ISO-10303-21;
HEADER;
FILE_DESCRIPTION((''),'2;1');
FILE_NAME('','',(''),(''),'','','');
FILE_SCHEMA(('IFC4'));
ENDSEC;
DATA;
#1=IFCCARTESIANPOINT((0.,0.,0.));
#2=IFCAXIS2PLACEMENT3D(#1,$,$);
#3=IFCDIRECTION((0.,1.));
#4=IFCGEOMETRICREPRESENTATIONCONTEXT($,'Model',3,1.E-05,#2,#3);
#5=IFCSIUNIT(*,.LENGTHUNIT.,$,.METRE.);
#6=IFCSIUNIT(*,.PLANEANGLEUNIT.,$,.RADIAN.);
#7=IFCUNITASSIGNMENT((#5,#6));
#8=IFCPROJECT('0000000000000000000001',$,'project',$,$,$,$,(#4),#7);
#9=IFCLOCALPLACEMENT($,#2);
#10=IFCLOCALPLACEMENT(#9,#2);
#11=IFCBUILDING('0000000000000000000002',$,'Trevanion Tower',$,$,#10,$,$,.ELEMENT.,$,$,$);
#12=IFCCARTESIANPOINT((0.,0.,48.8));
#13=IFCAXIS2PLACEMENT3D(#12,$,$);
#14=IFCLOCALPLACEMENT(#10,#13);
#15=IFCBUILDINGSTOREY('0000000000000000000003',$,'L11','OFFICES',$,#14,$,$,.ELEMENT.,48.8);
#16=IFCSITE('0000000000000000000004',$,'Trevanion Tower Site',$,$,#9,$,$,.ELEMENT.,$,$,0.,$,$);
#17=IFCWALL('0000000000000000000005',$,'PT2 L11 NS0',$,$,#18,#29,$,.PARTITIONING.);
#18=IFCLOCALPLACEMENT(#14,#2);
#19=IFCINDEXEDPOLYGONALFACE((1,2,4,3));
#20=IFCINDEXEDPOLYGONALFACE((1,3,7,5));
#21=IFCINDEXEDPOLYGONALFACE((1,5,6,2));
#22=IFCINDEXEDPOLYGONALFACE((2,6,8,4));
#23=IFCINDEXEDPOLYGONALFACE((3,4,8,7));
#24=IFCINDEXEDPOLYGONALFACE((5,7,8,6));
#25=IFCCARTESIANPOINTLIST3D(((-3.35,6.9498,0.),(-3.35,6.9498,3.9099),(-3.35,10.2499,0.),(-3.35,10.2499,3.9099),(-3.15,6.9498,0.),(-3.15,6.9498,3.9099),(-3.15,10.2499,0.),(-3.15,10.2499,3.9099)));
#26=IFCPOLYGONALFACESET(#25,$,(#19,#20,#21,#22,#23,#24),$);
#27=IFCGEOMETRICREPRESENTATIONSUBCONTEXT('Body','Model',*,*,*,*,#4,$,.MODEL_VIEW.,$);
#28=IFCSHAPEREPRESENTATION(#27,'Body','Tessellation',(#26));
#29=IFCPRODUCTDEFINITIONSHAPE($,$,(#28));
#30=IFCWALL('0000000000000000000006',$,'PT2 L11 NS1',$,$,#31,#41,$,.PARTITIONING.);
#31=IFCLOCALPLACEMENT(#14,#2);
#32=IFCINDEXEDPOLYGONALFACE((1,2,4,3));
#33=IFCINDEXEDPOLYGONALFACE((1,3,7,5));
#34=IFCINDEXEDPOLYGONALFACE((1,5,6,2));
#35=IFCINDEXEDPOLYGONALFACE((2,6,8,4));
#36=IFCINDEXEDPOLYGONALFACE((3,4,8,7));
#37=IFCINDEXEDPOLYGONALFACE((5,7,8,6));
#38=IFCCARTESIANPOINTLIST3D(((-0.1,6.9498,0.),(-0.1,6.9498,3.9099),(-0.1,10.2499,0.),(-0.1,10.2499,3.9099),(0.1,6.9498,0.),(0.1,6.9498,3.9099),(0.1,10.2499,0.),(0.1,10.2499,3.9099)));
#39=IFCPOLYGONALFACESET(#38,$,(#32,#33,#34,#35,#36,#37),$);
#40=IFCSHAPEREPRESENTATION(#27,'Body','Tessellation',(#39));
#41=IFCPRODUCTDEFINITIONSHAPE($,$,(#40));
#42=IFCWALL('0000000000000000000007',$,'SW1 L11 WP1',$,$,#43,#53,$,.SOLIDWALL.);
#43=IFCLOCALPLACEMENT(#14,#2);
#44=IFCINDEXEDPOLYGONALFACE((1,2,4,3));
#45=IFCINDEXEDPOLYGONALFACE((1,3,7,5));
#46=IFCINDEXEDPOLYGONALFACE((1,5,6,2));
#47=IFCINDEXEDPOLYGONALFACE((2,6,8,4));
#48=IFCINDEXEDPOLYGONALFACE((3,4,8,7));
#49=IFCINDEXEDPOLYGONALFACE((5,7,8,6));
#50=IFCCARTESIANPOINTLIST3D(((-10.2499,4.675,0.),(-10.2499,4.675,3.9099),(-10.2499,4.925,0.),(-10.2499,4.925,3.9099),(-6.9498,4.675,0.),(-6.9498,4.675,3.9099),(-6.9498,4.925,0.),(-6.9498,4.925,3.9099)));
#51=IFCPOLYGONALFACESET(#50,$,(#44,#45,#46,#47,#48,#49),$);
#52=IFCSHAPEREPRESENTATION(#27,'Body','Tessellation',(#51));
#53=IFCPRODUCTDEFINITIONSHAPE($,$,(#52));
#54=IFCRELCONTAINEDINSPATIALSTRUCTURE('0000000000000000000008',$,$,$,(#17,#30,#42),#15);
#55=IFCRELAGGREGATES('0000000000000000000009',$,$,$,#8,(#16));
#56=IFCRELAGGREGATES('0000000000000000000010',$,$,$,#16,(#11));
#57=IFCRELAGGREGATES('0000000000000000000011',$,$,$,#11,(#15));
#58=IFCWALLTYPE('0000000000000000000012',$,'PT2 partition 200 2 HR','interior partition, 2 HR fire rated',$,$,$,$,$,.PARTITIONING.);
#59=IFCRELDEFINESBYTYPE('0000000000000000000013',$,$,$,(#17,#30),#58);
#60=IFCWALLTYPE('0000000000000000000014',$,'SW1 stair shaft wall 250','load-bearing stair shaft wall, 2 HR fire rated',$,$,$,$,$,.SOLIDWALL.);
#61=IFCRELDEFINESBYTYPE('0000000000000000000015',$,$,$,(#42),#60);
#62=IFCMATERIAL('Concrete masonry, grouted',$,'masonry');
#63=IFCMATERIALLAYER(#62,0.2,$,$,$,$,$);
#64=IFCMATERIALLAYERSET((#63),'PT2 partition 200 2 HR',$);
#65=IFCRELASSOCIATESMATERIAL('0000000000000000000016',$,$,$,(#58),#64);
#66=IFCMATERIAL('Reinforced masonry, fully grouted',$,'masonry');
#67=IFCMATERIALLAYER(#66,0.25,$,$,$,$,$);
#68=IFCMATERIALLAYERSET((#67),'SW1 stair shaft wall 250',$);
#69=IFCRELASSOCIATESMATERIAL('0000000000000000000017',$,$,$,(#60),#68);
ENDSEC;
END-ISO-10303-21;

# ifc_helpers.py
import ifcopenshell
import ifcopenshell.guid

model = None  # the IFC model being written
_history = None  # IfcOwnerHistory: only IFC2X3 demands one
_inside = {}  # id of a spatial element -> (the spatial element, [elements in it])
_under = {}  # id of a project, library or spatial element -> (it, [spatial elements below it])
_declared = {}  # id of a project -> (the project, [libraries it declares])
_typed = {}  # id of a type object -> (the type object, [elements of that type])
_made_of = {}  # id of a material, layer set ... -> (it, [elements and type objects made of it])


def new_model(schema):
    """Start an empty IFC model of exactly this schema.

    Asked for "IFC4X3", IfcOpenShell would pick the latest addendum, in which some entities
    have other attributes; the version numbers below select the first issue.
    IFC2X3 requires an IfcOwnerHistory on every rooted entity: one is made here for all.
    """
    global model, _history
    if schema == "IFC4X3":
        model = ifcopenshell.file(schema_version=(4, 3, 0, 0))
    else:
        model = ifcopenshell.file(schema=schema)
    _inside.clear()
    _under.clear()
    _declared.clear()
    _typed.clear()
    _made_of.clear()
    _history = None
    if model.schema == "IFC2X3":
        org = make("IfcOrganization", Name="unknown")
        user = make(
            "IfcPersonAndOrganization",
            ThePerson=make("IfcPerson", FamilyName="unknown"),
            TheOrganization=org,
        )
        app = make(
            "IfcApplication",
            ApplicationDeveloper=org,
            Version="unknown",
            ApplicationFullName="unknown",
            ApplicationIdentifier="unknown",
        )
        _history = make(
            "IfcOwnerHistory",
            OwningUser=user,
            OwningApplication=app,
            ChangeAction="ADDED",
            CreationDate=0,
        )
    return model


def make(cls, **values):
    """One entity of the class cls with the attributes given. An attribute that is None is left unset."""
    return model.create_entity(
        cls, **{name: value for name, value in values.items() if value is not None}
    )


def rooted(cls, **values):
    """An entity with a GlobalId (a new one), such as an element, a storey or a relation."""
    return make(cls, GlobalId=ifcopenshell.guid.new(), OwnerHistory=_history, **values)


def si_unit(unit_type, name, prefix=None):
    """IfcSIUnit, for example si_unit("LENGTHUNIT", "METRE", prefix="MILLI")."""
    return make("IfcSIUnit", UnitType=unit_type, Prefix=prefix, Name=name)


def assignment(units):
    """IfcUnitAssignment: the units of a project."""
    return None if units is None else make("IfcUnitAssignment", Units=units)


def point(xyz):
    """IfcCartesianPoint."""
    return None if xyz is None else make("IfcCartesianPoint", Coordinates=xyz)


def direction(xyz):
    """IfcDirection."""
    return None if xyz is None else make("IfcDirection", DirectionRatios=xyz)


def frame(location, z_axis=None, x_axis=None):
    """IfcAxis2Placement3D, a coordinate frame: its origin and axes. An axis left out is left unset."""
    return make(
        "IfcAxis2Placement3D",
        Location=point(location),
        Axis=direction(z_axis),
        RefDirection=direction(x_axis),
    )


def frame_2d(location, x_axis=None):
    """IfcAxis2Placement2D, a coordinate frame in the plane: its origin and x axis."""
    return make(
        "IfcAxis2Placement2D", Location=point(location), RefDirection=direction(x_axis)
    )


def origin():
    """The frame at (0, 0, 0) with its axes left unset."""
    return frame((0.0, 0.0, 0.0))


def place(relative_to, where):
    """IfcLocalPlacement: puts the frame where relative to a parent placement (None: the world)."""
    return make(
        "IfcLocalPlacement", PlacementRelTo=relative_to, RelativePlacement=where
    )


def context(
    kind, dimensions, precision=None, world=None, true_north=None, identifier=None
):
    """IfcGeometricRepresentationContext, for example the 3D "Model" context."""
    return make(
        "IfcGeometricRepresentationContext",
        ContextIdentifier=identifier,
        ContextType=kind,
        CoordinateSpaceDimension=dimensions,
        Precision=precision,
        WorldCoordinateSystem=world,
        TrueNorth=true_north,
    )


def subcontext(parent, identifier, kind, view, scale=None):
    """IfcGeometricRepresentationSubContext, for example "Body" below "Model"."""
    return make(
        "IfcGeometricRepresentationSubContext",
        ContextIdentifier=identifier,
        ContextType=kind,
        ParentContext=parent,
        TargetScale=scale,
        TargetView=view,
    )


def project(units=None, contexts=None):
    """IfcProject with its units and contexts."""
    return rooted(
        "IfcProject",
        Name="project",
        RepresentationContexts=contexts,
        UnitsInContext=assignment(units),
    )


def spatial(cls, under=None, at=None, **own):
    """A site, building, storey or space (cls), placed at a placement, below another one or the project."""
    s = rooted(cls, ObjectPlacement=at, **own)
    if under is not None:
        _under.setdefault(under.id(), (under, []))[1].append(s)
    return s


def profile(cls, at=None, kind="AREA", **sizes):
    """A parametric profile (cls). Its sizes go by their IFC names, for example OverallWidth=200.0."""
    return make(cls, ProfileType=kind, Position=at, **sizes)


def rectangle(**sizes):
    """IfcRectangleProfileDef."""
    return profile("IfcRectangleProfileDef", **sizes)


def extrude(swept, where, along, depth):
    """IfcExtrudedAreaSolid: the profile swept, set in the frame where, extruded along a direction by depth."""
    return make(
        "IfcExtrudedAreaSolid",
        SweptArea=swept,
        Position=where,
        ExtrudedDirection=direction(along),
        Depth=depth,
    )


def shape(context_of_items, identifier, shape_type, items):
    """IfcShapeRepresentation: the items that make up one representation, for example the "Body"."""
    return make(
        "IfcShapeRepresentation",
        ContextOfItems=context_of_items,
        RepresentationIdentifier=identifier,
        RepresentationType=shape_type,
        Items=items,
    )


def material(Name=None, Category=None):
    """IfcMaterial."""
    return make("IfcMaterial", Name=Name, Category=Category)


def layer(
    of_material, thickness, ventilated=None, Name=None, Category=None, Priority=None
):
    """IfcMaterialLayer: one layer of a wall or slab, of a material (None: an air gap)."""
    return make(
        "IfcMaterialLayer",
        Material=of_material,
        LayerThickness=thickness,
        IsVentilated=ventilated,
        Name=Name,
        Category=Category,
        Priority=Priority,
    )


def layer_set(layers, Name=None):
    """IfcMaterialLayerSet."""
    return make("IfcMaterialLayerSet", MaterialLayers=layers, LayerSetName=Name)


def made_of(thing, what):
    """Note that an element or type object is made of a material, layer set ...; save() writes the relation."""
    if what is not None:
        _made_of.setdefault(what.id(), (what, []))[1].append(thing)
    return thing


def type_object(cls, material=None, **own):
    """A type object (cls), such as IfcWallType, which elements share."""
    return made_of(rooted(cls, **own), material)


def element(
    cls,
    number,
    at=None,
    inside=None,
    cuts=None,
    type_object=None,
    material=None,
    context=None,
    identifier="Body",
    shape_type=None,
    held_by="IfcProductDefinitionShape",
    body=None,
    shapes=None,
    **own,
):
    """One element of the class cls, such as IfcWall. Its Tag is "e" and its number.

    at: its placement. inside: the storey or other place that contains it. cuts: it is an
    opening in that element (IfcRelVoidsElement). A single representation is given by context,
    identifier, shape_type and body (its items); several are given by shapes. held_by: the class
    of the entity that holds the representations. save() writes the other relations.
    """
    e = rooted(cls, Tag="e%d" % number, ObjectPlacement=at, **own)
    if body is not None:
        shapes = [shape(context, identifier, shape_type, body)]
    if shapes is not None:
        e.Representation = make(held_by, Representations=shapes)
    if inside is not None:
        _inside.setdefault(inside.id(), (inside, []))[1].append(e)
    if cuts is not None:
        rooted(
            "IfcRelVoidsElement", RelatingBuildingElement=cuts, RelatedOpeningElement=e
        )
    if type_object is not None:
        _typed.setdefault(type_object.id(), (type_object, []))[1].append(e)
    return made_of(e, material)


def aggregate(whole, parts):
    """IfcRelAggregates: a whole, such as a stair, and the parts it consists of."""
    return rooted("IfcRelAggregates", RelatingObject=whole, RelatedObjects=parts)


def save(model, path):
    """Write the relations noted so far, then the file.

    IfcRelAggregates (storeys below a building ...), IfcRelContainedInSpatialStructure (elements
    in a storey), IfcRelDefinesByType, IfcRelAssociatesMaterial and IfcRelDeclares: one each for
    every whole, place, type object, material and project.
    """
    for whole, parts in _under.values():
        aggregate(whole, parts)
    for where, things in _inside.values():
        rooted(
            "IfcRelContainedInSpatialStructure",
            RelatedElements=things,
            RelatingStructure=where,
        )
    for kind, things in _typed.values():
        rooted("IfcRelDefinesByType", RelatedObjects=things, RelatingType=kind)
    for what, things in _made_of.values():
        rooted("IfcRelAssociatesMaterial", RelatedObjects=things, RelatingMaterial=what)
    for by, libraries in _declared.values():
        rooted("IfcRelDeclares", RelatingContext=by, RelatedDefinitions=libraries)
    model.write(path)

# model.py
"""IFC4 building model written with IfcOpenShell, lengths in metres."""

from ifc_helpers import new_model, si_unit, direction, frame, frame_2d, origin, place, context, subcontext, project, spatial, rectangle, extrude, material, layer, layer_set, type_object, element, save


model = new_model("IFC4")

# Units and contexts
model_context = context("Model", 3, precision=1e-05, world=origin(), true_north=direction((0.0, 1.0)))
body_context = subcontext(model_context, "Body", "Model", "MODEL_VIEW")
ifc_project = project(units=[si_unit("LENGTHUNIT", "METRE"), si_unit("PLANEANGLEUNIT", "RADIAN")], contexts=[model_context])

# Site, building, storey
site_placement = place(None, origin())
site = spatial("IfcSite", under=ifc_project, at=site_placement, Name="Trevanion Tower Site", CompositionType="ELEMENT", RefElevation=0.0)
building_placement = place(site_placement, origin())
building = spatial("IfcBuilding", under=site, at=building_placement, Name="Trevanion Tower", CompositionType="ELEMENT")
storey_placement = place(building_placement, frame((0.0, 0.0, 48.8)))
storey = spatial("IfcBuildingStorey", under=building, at=storey_placement, Name="L11", Description="OFFICES", CompositionType="ELEMENT", Elevation=48.8)

# Walls
ifc_material_1 = material(Name="Concrete masonry, grouted", Category="masonry")
ifc_layer_1 = layer(ifc_material_1, 0.2)
ifc_layer_set_1 = layer_set([ifc_layer_1], Name="PT2 partition 200 2 HR")
wall_type_1 = type_object("IfcWallType", Name="PT2 partition 200 2 HR", Description="interior partition, 2 HR fire rated", PredefinedType="PARTITIONING", material=ifc_layer_set_1)
for number, where, z_axis, x_axis, name in (
    (1, (-3.25, 6.95, 0.0), (0.0, 0.0, 1.0), (0.0, 1.0, 0.0), "PT2 L11 NS0"),
    (2, (0.0, 6.95, 0.0), (0.0, 0.0, 1.0), (0.0, 1.0, 0.0), "PT2 L11 NS1"),
):
    element("IfcWall", number, at=place(storey_placement, frame(where, z_axis=z_axis, x_axis=x_axis)), inside=storey, type_object=wall_type_1, Name=name, PredefinedType="PARTITIONING", context=body_context, shape_type="SweptSolid", body=[
        extrude(rectangle(XDim=3.3, YDim=0.2, at=frame_2d((1.6499, 0.0))), origin(), (0.0, 0.0, 1.0), 3.9099),
    ])
ifc_material_2 = material(Name="Reinforced masonry, fully grouted", Category="masonry")
ifc_layer_2 = layer(ifc_material_2, 0.25)
ifc_layer_set_2 = layer_set([ifc_layer_2], Name="SW1 stair shaft wall 250")
wall_type_2 = type_object("IfcWallType", Name="SW1 stair shaft wall 250", Description="load-bearing stair shaft wall, 2 HR fire rated", PredefinedType="SOLIDWALL", material=ifc_layer_set_2)
wall_1_placement = place(storey_placement, frame((-6.95, 4.8, 0.0), z_axis=(0.0, 0.0, 1.0), x_axis=(-1.0, 0.0, 0.0)))
element("IfcWall", 3, at=wall_1_placement, inside=storey, type_object=wall_type_2, Name="SW1 L11 WP1", PredefinedType="SOLIDWALL", context=body_context, shape_type="SweptSolid", body=[
    extrude(rectangle(XDim=3.3, YDim=0.25, at=frame_2d((1.6499, 0.0))), origin(), (0.0, 0.0, 1.0), 3.9099),
])

save(model, "model.ifc")
